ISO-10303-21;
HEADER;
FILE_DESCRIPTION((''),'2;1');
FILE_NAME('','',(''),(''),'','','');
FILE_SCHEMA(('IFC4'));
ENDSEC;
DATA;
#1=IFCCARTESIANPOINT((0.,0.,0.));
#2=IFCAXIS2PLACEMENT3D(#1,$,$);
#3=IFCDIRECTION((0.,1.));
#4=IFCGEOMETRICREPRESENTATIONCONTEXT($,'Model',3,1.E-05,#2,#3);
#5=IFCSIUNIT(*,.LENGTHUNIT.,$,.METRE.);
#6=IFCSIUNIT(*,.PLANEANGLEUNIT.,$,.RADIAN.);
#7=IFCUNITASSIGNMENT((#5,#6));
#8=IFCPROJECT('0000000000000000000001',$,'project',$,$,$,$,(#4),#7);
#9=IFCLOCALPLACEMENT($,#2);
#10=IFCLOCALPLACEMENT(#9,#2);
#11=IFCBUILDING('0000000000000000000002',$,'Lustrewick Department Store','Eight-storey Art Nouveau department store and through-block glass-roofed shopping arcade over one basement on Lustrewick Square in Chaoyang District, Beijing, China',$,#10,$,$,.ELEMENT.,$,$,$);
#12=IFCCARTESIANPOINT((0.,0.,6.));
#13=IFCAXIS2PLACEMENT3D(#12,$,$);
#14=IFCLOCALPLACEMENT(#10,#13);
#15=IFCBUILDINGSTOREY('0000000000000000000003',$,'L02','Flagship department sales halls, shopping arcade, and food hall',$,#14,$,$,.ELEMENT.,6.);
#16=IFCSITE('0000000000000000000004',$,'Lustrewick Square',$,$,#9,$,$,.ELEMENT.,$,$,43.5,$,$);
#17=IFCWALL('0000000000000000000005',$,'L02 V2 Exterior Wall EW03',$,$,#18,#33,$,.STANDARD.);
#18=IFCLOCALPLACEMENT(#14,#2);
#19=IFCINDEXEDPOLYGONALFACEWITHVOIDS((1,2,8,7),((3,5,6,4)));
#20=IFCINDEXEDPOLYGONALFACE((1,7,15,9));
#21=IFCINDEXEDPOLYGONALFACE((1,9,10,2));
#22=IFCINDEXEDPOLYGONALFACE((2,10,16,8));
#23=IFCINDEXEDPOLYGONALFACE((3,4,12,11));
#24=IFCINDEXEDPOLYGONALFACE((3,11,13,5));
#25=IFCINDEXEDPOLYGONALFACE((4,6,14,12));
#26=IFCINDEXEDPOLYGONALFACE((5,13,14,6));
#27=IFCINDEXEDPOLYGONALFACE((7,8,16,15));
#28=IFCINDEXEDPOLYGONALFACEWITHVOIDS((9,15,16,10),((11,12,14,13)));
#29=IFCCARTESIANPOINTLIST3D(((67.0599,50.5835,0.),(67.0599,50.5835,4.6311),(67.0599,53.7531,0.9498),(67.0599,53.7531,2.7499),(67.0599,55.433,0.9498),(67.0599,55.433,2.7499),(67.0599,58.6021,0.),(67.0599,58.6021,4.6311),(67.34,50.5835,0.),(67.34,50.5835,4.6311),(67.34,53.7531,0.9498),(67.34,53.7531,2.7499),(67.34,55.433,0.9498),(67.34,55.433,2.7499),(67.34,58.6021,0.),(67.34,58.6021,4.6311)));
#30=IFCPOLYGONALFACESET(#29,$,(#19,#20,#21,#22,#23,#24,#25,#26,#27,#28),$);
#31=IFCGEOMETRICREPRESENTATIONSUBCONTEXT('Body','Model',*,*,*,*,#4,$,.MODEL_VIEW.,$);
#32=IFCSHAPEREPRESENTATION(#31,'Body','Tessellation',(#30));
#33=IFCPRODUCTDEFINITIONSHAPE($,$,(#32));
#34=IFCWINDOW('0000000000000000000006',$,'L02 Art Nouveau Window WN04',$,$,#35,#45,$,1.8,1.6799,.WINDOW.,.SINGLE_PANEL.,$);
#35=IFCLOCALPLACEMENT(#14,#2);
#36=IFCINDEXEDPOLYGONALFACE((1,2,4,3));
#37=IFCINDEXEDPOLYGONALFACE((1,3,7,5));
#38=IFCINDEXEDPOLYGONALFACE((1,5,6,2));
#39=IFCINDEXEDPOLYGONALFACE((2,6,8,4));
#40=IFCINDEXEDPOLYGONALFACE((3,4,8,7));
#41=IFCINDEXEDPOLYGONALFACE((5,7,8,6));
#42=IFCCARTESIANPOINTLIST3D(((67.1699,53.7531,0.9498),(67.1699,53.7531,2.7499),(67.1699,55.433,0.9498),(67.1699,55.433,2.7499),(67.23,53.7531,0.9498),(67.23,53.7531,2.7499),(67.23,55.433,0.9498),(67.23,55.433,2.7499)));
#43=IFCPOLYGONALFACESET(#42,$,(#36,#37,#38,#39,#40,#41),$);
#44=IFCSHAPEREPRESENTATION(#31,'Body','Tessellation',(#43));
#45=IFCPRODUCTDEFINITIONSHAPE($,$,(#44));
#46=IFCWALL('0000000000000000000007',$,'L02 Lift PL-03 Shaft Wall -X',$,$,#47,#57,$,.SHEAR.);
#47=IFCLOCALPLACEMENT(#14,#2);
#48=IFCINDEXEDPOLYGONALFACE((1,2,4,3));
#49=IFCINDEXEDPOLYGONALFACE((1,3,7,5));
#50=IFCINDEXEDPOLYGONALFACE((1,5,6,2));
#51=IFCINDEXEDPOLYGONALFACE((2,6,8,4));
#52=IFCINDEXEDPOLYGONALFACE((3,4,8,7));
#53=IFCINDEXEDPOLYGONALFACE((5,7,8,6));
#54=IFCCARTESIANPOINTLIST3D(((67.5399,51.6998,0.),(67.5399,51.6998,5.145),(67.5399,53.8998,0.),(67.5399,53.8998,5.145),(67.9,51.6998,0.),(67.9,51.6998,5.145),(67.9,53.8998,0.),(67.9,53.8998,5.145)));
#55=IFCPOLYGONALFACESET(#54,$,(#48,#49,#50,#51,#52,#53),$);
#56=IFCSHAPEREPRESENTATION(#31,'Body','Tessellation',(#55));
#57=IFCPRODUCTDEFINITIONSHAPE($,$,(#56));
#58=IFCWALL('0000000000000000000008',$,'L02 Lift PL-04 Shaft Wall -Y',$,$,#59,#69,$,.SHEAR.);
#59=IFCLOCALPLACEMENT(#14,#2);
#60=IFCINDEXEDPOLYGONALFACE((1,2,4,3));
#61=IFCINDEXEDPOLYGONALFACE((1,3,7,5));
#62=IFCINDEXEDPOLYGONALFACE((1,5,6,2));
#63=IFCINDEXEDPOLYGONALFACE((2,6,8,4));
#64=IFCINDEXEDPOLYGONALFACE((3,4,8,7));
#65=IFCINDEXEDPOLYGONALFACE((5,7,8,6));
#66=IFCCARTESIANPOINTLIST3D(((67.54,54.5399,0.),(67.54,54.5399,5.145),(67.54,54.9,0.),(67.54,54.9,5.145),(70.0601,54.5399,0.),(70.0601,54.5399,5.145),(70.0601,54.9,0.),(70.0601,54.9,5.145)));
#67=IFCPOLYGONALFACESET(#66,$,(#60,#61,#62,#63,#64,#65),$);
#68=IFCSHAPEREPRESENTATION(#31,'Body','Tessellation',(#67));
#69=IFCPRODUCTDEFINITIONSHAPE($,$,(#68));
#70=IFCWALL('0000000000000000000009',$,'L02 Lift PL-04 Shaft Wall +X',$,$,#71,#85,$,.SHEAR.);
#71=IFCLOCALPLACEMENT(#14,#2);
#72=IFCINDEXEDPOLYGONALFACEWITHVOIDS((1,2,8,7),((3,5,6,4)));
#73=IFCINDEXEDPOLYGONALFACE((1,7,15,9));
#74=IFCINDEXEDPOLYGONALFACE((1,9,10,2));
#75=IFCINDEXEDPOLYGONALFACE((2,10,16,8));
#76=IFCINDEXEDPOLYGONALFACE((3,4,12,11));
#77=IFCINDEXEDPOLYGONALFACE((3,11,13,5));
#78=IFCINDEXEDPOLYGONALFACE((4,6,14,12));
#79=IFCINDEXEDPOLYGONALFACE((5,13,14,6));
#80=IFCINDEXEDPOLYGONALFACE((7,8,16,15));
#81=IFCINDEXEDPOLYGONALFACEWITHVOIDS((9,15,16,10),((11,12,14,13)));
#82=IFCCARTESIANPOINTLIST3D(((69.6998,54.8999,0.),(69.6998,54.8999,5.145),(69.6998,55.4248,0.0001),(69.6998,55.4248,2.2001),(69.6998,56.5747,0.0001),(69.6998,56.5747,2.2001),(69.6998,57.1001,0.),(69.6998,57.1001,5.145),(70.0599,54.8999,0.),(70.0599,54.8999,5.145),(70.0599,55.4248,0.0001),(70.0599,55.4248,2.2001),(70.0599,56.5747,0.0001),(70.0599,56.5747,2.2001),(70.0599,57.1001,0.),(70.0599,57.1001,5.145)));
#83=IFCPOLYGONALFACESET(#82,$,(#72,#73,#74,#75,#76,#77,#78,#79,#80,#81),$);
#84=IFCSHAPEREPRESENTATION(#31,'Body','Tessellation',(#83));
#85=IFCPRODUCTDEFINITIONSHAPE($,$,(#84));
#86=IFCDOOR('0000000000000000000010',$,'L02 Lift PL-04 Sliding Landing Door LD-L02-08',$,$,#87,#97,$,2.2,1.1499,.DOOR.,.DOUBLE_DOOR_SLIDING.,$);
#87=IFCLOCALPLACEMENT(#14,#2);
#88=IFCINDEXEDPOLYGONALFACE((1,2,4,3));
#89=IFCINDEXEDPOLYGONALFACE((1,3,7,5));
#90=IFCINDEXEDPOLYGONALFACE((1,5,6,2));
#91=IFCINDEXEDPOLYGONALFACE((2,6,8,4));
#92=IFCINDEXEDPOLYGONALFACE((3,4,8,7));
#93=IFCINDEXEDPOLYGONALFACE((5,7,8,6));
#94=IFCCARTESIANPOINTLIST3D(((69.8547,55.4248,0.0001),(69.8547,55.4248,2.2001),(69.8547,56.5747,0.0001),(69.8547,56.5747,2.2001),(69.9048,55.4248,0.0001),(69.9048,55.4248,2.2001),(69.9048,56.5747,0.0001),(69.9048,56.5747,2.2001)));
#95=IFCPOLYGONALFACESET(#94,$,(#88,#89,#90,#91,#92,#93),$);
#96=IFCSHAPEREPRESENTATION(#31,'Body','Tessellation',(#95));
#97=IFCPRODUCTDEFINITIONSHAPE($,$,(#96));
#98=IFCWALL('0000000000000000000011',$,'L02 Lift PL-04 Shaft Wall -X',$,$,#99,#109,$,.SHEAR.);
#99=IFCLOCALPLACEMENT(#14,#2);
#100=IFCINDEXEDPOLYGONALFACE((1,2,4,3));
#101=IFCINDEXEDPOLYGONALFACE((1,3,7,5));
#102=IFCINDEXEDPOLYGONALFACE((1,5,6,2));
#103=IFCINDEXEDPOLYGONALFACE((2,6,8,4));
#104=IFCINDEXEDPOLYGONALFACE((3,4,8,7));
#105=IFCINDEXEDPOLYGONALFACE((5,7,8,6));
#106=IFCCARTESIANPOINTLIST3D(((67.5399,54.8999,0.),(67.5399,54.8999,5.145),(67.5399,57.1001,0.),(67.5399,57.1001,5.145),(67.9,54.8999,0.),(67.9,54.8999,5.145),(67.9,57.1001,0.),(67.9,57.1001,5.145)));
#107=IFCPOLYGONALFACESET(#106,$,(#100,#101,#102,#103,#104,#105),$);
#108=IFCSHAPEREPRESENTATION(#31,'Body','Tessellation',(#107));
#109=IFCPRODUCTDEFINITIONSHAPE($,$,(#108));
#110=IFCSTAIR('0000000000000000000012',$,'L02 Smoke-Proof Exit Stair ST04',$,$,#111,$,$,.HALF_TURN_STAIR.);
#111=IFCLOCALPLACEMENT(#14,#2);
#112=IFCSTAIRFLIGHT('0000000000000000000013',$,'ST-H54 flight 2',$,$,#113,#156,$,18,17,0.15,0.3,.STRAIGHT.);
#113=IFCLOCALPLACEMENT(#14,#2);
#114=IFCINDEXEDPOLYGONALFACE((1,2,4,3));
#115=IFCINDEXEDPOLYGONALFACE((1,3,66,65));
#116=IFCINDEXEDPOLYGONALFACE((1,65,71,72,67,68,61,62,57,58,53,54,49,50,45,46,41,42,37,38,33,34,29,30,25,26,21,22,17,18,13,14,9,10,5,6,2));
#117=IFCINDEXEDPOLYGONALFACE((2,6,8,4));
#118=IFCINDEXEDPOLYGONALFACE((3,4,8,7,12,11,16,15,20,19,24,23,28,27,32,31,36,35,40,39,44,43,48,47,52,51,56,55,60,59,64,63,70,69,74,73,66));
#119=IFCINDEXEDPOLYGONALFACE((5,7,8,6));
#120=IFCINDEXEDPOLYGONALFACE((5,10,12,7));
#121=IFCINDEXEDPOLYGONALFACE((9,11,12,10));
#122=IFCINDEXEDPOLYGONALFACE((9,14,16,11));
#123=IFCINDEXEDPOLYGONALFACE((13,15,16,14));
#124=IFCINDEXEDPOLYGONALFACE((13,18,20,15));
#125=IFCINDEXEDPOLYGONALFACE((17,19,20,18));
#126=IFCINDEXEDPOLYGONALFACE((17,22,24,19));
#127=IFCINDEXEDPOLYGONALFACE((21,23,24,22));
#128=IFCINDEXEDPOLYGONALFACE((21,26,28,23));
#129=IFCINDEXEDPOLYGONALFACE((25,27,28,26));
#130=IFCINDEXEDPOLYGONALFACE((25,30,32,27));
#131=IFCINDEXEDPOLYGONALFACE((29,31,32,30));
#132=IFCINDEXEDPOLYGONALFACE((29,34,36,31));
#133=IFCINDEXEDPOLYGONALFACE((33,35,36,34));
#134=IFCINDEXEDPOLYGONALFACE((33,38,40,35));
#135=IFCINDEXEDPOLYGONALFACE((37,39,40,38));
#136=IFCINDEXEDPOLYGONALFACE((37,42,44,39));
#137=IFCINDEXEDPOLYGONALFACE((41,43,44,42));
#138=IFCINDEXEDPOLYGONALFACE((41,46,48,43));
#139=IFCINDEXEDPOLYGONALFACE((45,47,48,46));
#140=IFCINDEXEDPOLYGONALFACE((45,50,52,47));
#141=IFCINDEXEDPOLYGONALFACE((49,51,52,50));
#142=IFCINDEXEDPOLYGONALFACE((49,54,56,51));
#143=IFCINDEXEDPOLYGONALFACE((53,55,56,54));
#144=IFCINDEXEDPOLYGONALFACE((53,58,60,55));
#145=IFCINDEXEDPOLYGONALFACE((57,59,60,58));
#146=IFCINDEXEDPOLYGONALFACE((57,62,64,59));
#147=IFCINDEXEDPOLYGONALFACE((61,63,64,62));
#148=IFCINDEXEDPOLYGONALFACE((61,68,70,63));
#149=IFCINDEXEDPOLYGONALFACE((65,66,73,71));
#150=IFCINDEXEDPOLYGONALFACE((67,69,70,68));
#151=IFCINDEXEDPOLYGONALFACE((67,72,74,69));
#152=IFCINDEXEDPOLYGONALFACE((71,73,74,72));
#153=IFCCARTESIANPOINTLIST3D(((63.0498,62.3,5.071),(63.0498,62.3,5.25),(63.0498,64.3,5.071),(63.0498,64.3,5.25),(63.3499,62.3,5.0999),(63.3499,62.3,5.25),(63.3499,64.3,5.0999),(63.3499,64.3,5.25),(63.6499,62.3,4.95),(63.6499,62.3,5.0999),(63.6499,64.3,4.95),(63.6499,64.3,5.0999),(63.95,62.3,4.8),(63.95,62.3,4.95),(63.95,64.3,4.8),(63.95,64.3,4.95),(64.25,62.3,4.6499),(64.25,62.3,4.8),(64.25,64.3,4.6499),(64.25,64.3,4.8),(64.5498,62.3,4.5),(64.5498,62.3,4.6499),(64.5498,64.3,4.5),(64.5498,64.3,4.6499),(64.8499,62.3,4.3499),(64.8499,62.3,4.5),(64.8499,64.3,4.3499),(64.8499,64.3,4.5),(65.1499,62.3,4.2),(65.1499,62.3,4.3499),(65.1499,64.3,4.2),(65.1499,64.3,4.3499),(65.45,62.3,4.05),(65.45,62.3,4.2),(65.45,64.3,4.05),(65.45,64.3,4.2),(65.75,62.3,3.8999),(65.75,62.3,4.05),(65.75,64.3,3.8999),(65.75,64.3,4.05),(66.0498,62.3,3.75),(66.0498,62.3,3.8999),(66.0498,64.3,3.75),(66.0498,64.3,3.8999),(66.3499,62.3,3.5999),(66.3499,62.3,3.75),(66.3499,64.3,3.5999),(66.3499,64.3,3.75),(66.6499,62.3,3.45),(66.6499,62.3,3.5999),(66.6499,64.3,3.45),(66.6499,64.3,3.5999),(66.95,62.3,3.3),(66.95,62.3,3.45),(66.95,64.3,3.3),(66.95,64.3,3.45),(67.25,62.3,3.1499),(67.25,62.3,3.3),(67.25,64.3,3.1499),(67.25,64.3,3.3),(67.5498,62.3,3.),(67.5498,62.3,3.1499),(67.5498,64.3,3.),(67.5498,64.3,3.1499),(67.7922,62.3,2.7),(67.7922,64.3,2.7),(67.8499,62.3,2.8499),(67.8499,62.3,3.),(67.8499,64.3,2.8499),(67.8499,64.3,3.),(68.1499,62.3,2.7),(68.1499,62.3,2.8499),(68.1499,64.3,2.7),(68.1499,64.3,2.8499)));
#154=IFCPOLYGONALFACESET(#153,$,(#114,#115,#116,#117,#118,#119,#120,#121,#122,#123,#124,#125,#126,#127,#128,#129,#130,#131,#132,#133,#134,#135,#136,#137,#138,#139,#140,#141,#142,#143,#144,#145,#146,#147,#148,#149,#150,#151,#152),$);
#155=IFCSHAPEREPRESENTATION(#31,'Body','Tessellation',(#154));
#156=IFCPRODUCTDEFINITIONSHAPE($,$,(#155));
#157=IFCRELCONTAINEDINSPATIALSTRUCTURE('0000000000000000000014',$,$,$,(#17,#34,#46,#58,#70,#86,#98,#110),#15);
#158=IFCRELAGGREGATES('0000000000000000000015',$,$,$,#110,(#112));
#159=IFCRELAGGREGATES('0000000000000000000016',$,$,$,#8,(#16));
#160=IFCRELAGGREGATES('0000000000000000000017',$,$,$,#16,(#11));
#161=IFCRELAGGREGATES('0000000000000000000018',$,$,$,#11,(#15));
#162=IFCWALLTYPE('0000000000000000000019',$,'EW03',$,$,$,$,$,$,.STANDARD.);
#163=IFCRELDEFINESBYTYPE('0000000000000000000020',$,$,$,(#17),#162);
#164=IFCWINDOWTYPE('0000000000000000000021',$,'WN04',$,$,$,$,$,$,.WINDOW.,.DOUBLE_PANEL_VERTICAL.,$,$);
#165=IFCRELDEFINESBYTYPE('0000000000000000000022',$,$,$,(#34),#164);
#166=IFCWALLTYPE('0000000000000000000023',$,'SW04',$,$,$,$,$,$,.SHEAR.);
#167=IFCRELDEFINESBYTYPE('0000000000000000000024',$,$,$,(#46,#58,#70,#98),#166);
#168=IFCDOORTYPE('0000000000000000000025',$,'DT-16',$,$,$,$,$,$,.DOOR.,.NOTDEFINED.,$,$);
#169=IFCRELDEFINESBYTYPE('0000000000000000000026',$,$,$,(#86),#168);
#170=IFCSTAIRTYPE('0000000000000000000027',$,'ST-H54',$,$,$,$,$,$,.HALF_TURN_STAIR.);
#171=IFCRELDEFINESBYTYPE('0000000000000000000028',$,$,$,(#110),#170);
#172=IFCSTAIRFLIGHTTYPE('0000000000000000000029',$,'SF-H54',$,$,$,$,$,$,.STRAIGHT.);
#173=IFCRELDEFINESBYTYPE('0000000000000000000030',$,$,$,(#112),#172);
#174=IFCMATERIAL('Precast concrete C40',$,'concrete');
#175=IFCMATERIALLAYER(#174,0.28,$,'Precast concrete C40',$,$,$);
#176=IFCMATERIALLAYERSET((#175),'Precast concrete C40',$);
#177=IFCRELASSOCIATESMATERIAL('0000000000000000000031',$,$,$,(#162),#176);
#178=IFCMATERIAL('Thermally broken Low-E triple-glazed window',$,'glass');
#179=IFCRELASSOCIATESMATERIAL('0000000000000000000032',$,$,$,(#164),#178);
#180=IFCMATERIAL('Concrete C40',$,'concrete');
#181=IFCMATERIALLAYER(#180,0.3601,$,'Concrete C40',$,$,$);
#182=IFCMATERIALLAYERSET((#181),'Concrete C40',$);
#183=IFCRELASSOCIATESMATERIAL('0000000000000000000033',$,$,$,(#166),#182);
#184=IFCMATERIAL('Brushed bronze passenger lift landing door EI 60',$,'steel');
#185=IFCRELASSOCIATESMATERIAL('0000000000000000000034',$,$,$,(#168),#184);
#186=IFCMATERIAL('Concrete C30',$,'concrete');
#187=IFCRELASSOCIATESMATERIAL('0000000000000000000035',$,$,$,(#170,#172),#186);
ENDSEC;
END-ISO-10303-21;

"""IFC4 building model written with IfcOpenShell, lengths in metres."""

from ifc_helpers import new_model, si_unit, direction, frame, frame_2d, origin, place, context, subcontext, project, spatial, polyline, rectangle, outline, extrude, material, layer, layer_set, type_object, element, fill, aggregate, save


model = new_model("IFC4")

# Units and contexts
model_context = context("Model", 3, precision=1e-05, world=origin(), true_north=direction((0.0, 1.0)))
body_context = subcontext(model_context, "Body", "Model", "MODEL_VIEW")
ifc_project = project(units=[si_unit("LENGTHUNIT", "METRE"), si_unit("PLANEANGLEUNIT", "RADIAN")], contexts=[model_context])

# Site, building, storey
site_placement = place(None, origin())
site = spatial("IfcSite", under=ifc_project, at=site_placement, Name="Lustrewick Square", CompositionType="ELEMENT", RefElevation=43.5)
building_placement = place(site_placement, origin())
building = spatial("IfcBuilding", under=site, at=building_placement, Name="Lustrewick Department Store", Description="Eight-storey Art Nouveau department store and through-block glass-roofed shopping arcade over one basement on Lustrewick Square in Chaoyang District, Beijing, China", CompositionType="ELEMENT")
storey_placement = place(building_placement, frame((0.0, 0.0, 6.0)))
storey = spatial("IfcBuildingStorey", under=building, at=storey_placement, Name="L02", Description="Flagship department sales halls, shopping arcade, and food hall", CompositionType="ELEMENT", Elevation=6.0)

# Shared definitions
ifc_material_1 = material(Name="Concrete C40", Category="concrete")

# Wall, opening, window
ifc_material_2 = material(Name="Precast concrete C40", Category="concrete")
ifc_layer_1 = layer(ifc_material_2, 0.28, Name="Precast concrete C40")
ifc_layer_set_1 = layer_set([ifc_layer_1], Name="Precast concrete C40")
wall_type_1 = type_object("IfcWallType", Name="EW03", PredefinedType="STANDARD", material=ifc_layer_set_1)
wall_1_placement = place(storey_placement, frame((67.2, 58.6021, 0.0), z_axis=(0.0, 0.0, 1.0), x_axis=(0.0, -1.0, 0.0)))
wall_1 = element("IfcWall", 1, at=wall_1_placement, inside=storey, type_object=wall_type_1, Name="L02 V2 Exterior Wall EW03", PredefinedType="STANDARD", context=body_context, shape_type="SweptSolid", body=[
    extrude(rectangle(XDim=8.0186, YDim=0.28, at=frame_2d((4.0093, 0.0))), origin(), (0.0, 0.0, 1.0), 4.6311),
])
opening_1_placement = place(wall_1_placement, frame((3.1692, 0.0, 0.95)))
opening_1 = element("IfcOpeningElement", 2, at=opening_1_placement, cuts=wall_1, PredefinedType="OPENING", context=body_context, shape_type="SweptSolid", body=[
    extrude(rectangle(XDim=1.6799, YDim=1.8, at=frame_2d((0.8398, 0.8999))), frame((0.0, 0.1499, 0.0), z_axis=(0.0, -1.0, 0.0), x_axis=(1.0, 0.0, 0.0)), (0.0, 0.0, 1.0), 0.3),
])
ifc_material_3 = material(Name="Thermally broken Low-E triple-glazed window", Category="glass")
window_type = type_object("IfcWindowType", Name="WN04", PartitioningType="DOUBLE_PANEL_VERTICAL", PredefinedType="WINDOW", material=ifc_material_3)
window_placement = place(opening_1_placement, origin())
window = element("IfcWindow", 3, at=window_placement, inside=storey, type_object=window_type, Name="L02 Art Nouveau Window WN04", OverallHeight=1.8, OverallWidth=1.6799, PartitioningType="SINGLE_PANEL", PredefinedType="WINDOW", context=body_context, shape_type="SweptSolid", body=[
    extrude(rectangle(XDim=1.6799, YDim=1.8, at=frame_2d((0.8398, 0.8999))), frame((0.0, 0.03, 0.0), z_axis=(0.0, -1.0, 0.0), x_axis=(1.0, 0.0, 0.0)), (0.0, 0.0, 1.0), 0.0601),
])
fill(opening_1, window)

# Walls
ifc_layer_2 = layer(ifc_material_1, 0.3601, Name="Concrete C40")
ifc_layer_set_2 = layer_set([ifc_layer_2], Name="Concrete C40")
wall_type_2 = type_object("IfcWallType", Name="SW04", PredefinedType="SHEAR", material=ifc_layer_set_2)
wall_2_placement = place(storey_placement, frame((67.72, 53.8999, 0.0), z_axis=(0.0, 0.0, 1.0), x_axis=(0.0, -1.0, 0.0)))
element("IfcWall", 4, at=wall_2_placement, inside=storey, type_object=wall_type_2, Name="L02 Lift PL-03 Shaft Wall -X", PredefinedType="SHEAR", context=body_context, shape_type="SweptSolid", body=[
    extrude(rectangle(XDim=2.2, YDim=0.3601, at=frame_2d((1.1001, 0.0))), origin(), (0.0, 0.0, 1.0), 5.145),
])
wall_3_placement = place(storey_placement, frame((67.54, 54.72, 0.0), z_axis=(0.0, 0.0, 1.0), x_axis=(1.0, 0.0, 0.0)))
element("IfcWall", 5, at=wall_3_placement, inside=storey, type_object=wall_type_2, Name="L02 Lift PL-04 Shaft Wall -Y", PredefinedType="SHEAR", context=body_context, shape_type="SweptSolid", body=[
    extrude(rectangle(XDim=2.52, YDim=0.3601, at=frame_2d((1.26, 0.0))), origin(), (0.0, 0.0, 1.0), 5.145),
])

# Wall, opening, door
wall_4_placement = place(storey_placement, frame((69.8799, 54.8999, 0.0), z_axis=(0.0, 0.0, 1.0), x_axis=(0.0, 1.0, 0.0)))
wall_4 = element("IfcWall", 6, at=wall_4_placement, inside=storey, type_object=wall_type_2, Name="L02 Lift PL-04 Shaft Wall +X", PredefinedType="SHEAR", context=body_context, shape_type="SweptSolid", body=[
    extrude(rectangle(XDim=2.2002, YDim=0.3601, at=frame_2d((1.1001, 0.0))), origin(), (0.0, 0.0, 1.0), 5.145),
])
opening_2_placement = place(wall_4_placement, frame((0.5249, 0.0, 0.0)))
opening_2 = element("IfcOpeningElement", 7, at=opening_2_placement, cuts=wall_4, PredefinedType="OPENING", context=body_context, shape_type="SweptSolid", body=[
    extrude(rectangle(XDim=1.1499, YDim=2.2, at=frame_2d((0.575, 1.1001))), frame((0.0, 0.1899, 0.0), z_axis=(0.0, -1.0, 0.0), x_axis=(1.0, 0.0, 0.0)), (0.0, 0.0, 1.0), 0.3801),
])
ifc_material_4 = material(Name="Brushed bronze passenger lift landing door EI 60", Category="steel")
door_type = type_object("IfcDoorType", Name="DT-16", OperationType="NOTDEFINED", PredefinedType="DOOR", material=ifc_material_4)
door_placement = place(opening_2_placement, frame((1.1499, 0.0, 0.0), z_axis=(0.0, 0.0, 1.0), x_axis=(-1.0, 0.0, 0.0)))
door = element("IfcDoor", 8, at=door_placement, inside=storey, type_object=door_type, Name="L02 Lift PL-04 Sliding Landing Door LD-L02-08", OperationType="DOUBLE_DOOR_SLIDING", OverallHeight=2.2, OverallWidth=1.1499, PredefinedType="DOOR", context=body_context, shape_type="SweptSolid", body=[
    extrude(rectangle(XDim=1.1499, YDim=2.2, at=frame_2d((0.575, 1.1001))), frame((0.0, 0.0249, 0.0), z_axis=(0.0, -1.0, 0.0), x_axis=(1.0, 0.0, 0.0)), (0.0, 0.0, 1.0), 0.05),
])
fill(opening_2, door)

# Wall
wall_5_placement = place(storey_placement, frame((67.72, 57.1001, 0.0), z_axis=(0.0, 0.0, 1.0), x_axis=(0.0, -1.0, 0.0)))
element("IfcWall", 9, at=wall_5_placement, inside=storey, type_object=wall_type_2, Name="L02 Lift PL-04 Shaft Wall -X", PredefinedType="SHEAR", context=body_context, shape_type="SweptSolid", body=[
    extrude(rectangle(XDim=2.2002, YDim=0.3601, at=frame_2d((1.1001, 0.0))), origin(), (0.0, 0.0, 1.0), 5.145),
])

# Stair, stair flight
ifc_material_5 = material(Name="Concrete C30", Category="concrete")
stair_type = type_object("IfcStairType", Name="ST-H54", PredefinedType="HALF_TURN_STAIR", material=ifc_material_5)
stair_placement = place(storey_placement, origin())
stair = element("IfcStair", 10, at=stair_placement, inside=storey, type_object=stair_type, Name="L02 Smoke-Proof Exit Stair ST04", PredefinedType="HALF_TURN_STAIR")
stair_flight_type = type_object("IfcStairFlightType", Name="SF-H54", PredefinedType="STRAIGHT", material=ifc_material_5)
stair_flight_placement = place(storey_placement, frame((68.1499, 63.3, 2.7), z_axis=(0.0, 0.0, 1.0), x_axis=(-1.0, 0.0, 0.0)))
stair_flight = element("IfcStairFlight", 11, at=stair_flight_placement, type_object=stair_flight_type, Name="ST-H54 flight 2", NumberOfRisers=18, NumberOfTreads=17, PredefinedType="STRAIGHT", RiserHeight=0.15, TreadLength=0.3, context=body_context, shape_type="SweptSolid", body=[
    extrude(outline(polyline([(0.0, 0.0), (0.0, 0.1499), (0.3, 0.1499), (0.3, 0.3), (0.6001, 0.3), (0.6001, 0.45), (0.8999, 0.45), (0.8999, 0.6001), (1.2, 0.6001), (1.2, 0.75), (1.5, 0.75), (1.5, 0.8999), (1.8, 0.8999), (1.8, 1.05), (2.1001, 1.05), (2.1001, 1.2), (2.3999, 1.2), (2.3999, 1.3501), (2.7, 1.3501), (2.7, 1.5), (3.0, 1.5), (3.0, 1.6499), (3.3, 1.6499), (3.3, 1.8), (3.6001, 1.8), (3.6001, 1.95), (3.8999, 1.95), (3.8999, 2.1001), (4.2, 2.1001), (4.2, 2.25), (4.5, 2.25), (4.5, 2.3999), (4.8, 2.3999), (4.8, 2.55), (5.1001, 2.55), (5.1001, 2.7), (5.1001, 2.3711), (0.3577, 0.0), (0.0, 0.0)])), frame((0.0, 1.0, 0.0), z_axis=(0.0, -1.0, 0.0), x_axis=(1.0, 0.0, 0.0)), (0.0, 0.0, 1.0), 2.0),
])
aggregate(stair, [stair_flight])

save(model, "model.ifc")
